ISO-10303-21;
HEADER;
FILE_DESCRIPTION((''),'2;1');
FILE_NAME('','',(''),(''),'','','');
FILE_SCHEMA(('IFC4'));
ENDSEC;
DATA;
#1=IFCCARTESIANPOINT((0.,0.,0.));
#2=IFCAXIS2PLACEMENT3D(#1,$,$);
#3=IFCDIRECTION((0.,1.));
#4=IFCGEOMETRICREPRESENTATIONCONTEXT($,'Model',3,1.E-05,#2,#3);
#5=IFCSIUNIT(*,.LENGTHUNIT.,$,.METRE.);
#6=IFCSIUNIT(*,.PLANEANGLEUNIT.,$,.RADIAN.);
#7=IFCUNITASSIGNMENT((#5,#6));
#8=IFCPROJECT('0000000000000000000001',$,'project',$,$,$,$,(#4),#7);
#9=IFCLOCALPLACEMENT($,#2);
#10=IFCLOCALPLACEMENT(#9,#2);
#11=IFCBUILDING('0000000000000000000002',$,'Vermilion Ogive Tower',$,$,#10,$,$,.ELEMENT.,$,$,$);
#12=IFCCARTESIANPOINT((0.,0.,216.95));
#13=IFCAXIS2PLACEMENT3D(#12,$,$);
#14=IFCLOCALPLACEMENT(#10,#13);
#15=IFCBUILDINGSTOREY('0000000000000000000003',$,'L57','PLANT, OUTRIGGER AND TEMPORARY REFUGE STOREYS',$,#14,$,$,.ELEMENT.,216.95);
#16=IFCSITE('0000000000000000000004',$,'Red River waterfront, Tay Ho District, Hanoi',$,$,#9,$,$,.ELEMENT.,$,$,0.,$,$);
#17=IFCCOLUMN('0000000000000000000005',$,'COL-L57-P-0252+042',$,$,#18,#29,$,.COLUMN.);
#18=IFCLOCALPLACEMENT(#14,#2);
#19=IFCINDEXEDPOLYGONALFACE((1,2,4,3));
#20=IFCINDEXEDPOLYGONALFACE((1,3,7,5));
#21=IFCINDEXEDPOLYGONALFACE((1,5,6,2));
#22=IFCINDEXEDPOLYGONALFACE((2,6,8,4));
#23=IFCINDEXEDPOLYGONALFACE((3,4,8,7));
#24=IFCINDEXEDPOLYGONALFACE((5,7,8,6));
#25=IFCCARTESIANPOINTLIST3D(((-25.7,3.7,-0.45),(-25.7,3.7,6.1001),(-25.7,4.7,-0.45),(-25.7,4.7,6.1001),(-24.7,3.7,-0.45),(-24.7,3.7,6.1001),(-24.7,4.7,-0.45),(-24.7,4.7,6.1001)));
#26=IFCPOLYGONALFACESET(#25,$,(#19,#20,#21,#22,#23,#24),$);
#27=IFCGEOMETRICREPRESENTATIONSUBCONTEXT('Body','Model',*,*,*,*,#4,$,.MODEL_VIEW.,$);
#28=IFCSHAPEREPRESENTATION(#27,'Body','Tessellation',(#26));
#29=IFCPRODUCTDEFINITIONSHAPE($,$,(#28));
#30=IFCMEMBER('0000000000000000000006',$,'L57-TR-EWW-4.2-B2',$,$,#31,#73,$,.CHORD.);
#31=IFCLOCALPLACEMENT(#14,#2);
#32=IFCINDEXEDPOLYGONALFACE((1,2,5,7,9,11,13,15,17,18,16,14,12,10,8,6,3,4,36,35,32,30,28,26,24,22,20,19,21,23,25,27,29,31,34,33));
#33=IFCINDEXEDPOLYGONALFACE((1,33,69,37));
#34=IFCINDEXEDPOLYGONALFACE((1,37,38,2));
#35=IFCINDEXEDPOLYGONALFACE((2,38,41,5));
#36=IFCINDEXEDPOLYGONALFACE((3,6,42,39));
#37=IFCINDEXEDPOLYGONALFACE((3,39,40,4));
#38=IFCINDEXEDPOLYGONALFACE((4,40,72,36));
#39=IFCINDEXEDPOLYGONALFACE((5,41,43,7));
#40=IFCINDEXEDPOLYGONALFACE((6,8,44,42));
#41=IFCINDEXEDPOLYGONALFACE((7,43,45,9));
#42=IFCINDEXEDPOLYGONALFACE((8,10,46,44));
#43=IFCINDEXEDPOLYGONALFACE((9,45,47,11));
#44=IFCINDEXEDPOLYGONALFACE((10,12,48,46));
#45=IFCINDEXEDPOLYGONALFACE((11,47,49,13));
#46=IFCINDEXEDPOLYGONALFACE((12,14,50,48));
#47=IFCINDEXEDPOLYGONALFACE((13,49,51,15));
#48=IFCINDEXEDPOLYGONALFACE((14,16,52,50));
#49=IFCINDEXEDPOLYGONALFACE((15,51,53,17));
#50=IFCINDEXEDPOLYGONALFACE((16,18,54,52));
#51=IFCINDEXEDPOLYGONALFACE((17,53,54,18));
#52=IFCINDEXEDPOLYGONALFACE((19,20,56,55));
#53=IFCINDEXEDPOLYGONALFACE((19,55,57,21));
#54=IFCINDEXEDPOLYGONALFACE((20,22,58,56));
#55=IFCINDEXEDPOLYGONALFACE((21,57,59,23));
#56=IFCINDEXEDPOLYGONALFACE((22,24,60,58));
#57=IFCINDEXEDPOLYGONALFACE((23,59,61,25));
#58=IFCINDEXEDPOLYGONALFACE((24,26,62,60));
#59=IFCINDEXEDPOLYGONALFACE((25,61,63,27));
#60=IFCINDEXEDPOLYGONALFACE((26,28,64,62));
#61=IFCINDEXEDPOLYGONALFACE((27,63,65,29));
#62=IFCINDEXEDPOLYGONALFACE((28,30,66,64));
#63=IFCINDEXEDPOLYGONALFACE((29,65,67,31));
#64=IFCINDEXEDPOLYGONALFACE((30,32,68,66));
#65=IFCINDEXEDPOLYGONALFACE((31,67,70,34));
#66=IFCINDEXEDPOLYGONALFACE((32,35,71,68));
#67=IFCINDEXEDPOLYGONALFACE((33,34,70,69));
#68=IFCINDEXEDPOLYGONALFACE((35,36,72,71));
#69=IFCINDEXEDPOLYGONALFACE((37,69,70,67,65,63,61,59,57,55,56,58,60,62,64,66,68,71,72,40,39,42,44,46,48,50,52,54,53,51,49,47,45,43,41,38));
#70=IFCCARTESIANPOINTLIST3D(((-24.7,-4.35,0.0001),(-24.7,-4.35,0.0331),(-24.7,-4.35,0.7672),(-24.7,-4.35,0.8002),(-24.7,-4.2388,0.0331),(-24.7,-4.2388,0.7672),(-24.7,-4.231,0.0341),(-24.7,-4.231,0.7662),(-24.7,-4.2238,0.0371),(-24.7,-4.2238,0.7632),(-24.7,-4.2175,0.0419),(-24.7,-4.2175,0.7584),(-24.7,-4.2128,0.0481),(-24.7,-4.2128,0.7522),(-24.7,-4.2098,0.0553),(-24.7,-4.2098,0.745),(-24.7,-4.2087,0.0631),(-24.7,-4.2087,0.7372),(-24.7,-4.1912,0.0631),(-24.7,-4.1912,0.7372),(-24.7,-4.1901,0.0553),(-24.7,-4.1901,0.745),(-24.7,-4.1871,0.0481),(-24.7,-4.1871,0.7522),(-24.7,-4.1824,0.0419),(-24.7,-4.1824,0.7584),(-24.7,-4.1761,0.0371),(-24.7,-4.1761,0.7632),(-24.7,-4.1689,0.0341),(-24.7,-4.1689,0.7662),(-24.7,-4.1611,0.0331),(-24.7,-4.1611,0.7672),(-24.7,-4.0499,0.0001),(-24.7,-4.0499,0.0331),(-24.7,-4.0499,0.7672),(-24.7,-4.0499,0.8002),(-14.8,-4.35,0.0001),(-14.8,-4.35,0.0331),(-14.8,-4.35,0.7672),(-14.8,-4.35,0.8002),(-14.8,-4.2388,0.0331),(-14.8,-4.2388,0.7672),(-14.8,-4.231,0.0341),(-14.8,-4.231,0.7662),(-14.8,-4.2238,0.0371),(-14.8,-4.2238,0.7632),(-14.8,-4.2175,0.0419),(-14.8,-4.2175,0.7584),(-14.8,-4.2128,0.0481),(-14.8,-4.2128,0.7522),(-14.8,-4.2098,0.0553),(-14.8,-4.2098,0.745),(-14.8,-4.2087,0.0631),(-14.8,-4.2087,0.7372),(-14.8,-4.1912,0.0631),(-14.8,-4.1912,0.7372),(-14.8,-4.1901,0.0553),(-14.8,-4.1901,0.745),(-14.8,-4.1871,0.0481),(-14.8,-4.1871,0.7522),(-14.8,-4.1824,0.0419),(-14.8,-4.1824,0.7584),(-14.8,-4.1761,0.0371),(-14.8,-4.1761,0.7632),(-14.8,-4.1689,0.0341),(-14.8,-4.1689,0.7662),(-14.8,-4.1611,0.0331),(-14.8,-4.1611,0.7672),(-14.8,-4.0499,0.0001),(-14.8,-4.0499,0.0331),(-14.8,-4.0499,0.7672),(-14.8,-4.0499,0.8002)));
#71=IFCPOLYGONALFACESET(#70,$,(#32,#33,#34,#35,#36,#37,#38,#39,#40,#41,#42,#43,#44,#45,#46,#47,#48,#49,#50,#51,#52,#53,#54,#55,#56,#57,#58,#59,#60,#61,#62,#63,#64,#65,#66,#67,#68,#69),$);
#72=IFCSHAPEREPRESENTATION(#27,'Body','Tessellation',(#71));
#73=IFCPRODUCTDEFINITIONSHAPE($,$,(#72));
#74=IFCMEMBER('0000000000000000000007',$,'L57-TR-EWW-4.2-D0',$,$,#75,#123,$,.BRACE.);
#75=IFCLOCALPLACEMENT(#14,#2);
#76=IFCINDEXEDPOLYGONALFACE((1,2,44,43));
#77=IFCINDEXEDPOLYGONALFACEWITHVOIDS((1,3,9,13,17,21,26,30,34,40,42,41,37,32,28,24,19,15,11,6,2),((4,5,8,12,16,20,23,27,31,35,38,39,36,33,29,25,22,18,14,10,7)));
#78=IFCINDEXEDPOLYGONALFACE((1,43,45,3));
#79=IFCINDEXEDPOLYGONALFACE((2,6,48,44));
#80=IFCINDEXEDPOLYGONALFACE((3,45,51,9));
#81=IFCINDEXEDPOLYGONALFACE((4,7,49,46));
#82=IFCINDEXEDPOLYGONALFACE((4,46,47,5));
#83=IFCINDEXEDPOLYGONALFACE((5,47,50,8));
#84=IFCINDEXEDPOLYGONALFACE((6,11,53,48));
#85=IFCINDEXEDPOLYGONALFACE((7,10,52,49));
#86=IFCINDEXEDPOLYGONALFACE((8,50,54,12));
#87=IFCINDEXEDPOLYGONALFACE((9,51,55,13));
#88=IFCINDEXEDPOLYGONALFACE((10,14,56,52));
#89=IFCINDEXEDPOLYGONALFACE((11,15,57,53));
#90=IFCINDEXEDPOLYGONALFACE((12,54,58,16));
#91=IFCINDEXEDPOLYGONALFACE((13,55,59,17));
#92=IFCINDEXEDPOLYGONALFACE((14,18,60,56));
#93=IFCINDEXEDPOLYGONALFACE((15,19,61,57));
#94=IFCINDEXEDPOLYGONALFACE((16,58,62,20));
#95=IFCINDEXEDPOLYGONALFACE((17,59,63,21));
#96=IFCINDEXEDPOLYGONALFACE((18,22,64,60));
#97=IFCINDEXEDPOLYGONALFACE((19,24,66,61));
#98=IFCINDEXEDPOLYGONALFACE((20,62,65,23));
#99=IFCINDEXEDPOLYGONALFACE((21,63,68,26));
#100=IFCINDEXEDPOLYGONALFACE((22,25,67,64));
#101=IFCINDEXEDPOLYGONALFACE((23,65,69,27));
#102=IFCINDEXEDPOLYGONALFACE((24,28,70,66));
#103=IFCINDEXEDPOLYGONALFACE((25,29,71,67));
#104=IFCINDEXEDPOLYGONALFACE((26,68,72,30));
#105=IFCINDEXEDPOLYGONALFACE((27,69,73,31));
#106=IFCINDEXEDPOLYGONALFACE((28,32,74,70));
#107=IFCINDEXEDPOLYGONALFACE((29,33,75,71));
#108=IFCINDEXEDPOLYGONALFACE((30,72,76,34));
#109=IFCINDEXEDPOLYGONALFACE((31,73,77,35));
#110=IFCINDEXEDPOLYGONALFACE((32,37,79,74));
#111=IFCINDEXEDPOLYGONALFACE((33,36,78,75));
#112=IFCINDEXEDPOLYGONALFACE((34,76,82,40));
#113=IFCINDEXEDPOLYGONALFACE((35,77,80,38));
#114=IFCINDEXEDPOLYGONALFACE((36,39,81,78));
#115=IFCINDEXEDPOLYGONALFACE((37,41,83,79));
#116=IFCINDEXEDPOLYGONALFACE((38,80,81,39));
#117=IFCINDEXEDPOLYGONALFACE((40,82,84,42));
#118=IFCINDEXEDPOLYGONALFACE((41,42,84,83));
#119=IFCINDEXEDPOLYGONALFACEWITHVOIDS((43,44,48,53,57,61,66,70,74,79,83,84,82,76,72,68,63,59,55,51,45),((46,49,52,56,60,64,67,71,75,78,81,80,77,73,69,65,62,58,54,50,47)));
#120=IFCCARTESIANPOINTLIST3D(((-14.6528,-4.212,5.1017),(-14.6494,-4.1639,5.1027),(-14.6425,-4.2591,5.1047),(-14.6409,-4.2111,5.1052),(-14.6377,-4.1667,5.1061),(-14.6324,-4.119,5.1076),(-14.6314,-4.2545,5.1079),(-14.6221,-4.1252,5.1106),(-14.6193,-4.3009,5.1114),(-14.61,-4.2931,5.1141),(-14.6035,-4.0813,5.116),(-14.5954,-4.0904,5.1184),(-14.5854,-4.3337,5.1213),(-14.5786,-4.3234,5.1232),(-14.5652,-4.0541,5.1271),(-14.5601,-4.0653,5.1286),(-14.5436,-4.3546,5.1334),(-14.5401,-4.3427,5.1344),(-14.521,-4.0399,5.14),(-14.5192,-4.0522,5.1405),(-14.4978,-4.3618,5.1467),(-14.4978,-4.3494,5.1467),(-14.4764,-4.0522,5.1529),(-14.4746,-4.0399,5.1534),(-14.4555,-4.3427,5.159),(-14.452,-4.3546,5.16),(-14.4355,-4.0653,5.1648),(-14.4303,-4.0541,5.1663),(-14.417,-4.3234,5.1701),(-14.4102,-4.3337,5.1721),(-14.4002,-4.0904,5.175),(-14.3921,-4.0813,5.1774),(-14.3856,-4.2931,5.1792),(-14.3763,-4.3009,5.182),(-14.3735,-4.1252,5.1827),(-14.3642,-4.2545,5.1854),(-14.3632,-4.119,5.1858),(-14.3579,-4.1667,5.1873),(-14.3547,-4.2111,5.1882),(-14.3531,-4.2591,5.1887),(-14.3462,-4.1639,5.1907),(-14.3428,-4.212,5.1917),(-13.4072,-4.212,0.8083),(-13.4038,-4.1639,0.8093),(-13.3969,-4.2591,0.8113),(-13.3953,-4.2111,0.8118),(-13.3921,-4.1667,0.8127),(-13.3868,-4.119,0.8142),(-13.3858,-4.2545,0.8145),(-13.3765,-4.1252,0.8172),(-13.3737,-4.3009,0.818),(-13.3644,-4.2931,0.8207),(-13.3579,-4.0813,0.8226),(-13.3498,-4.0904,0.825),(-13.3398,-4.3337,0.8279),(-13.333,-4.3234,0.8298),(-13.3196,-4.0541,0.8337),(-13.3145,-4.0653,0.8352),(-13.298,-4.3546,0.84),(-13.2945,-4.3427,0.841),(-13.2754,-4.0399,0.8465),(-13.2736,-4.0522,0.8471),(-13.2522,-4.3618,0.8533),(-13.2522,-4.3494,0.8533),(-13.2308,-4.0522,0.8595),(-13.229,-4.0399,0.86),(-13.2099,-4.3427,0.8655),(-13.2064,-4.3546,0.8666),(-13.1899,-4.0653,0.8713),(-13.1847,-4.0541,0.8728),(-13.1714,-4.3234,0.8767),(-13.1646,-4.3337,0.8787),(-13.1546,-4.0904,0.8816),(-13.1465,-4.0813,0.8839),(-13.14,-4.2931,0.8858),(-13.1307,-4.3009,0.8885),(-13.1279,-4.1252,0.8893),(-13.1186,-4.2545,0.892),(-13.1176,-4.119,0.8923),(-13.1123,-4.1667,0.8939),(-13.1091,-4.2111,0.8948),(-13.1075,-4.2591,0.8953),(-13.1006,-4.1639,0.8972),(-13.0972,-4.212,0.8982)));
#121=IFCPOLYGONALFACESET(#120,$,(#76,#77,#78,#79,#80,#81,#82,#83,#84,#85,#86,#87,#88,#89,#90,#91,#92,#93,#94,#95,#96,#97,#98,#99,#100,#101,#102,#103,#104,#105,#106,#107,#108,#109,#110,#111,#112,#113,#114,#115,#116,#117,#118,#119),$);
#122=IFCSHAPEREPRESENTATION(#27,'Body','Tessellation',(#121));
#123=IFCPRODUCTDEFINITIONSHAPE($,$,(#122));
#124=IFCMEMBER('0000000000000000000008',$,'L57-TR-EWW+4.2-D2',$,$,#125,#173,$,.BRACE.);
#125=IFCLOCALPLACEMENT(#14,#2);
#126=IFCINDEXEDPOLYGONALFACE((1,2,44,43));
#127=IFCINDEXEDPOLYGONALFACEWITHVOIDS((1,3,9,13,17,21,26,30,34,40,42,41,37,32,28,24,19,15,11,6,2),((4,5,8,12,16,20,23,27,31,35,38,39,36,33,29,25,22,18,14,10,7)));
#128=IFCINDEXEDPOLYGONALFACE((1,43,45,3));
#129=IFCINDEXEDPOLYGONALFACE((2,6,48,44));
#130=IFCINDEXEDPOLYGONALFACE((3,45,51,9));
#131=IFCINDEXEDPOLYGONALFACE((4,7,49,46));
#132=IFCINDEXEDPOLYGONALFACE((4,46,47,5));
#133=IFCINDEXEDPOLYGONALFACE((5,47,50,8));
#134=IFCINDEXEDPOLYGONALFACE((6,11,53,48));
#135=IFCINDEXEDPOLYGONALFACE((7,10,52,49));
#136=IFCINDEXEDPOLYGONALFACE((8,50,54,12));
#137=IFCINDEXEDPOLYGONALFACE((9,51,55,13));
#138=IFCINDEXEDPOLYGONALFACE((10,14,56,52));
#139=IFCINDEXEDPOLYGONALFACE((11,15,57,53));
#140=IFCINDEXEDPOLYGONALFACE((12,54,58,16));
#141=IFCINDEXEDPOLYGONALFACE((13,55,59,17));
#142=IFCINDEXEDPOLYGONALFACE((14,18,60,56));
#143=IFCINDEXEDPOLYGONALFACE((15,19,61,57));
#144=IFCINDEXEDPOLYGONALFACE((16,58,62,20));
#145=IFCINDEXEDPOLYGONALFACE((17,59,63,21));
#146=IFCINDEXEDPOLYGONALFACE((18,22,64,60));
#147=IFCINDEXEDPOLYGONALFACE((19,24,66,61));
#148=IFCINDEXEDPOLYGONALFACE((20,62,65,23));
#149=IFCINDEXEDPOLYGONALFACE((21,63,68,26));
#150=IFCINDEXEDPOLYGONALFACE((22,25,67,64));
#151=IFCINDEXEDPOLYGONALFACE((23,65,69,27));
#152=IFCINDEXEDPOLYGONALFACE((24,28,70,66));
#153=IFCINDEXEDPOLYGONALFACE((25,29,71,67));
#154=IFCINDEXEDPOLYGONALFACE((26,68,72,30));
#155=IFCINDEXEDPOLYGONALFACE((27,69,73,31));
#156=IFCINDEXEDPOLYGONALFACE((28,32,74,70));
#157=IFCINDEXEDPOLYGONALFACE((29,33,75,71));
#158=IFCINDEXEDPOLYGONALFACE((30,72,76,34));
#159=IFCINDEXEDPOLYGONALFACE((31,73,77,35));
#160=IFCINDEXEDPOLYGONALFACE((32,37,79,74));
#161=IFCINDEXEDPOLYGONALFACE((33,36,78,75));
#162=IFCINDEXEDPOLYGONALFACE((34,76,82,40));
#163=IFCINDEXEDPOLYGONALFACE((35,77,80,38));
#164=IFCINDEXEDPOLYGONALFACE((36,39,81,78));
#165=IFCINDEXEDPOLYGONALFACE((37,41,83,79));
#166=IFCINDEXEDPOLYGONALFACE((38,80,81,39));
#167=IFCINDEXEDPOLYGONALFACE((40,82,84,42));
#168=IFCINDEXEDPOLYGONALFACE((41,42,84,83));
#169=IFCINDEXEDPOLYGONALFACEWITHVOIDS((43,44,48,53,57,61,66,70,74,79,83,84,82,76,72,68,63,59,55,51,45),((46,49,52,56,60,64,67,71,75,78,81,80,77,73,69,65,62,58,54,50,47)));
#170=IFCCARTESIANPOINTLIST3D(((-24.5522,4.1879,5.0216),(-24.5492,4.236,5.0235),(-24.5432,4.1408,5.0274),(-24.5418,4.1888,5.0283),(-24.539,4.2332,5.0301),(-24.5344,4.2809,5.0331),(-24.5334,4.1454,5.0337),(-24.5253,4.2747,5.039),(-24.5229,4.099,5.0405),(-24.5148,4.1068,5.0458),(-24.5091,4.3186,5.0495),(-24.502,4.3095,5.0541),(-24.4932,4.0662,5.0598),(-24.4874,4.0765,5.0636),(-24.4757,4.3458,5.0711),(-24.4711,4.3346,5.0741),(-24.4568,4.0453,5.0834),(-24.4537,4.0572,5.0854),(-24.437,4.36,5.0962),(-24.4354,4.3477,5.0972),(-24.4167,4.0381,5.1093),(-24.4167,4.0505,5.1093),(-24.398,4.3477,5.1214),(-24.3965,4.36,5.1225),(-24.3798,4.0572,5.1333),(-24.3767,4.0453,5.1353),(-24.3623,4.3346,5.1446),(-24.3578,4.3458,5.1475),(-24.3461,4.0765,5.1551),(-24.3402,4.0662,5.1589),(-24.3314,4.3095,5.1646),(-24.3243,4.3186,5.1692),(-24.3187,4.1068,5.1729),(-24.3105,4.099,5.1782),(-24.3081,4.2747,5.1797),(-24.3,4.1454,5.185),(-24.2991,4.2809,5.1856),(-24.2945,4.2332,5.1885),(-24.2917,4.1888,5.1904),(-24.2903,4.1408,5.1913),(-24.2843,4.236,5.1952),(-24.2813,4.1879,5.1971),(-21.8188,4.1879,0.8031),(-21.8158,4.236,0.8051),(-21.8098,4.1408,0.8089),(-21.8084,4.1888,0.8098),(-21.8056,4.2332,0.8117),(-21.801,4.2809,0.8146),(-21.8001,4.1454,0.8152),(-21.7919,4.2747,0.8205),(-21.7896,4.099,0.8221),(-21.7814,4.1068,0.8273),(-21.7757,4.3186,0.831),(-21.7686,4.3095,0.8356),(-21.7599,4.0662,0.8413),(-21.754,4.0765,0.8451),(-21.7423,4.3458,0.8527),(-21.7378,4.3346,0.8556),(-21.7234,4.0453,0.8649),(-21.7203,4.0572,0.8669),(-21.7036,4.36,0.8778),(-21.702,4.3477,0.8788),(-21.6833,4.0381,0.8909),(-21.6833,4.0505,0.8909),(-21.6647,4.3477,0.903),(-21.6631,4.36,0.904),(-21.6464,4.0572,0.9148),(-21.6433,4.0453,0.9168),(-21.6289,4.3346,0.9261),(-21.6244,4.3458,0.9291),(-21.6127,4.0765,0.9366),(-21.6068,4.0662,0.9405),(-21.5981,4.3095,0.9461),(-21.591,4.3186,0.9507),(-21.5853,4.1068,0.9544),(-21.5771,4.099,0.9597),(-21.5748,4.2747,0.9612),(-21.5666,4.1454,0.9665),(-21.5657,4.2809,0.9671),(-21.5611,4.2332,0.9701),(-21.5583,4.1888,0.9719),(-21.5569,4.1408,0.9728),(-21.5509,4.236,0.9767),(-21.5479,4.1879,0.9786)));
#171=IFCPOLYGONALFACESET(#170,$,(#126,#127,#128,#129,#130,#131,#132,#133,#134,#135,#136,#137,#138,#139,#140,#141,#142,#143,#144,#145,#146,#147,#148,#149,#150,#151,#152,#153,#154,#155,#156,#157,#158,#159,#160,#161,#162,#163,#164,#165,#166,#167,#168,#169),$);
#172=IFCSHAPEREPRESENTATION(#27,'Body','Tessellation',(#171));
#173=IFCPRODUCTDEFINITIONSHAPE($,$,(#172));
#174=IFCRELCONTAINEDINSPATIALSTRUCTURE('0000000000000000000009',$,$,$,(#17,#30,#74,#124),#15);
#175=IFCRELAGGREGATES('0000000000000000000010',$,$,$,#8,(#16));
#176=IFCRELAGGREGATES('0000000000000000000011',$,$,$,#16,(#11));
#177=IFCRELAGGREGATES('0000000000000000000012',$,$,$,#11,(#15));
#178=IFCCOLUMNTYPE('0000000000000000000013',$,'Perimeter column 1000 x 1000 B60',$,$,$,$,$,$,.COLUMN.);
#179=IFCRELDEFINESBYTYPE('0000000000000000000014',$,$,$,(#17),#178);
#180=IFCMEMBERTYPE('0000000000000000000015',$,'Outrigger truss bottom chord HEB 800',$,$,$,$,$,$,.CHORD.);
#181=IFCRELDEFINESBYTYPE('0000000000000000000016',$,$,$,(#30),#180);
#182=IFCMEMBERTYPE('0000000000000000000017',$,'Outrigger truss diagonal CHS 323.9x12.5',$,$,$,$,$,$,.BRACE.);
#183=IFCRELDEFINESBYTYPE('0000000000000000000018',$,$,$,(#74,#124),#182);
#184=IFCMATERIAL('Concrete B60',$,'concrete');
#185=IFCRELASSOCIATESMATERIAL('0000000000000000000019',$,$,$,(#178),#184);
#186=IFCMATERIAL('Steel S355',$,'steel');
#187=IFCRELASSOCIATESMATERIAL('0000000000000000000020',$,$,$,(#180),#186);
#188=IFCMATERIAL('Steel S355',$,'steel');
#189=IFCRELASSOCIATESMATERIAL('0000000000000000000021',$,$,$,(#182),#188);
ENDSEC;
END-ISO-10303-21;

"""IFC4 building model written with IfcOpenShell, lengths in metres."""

from ifc_helpers import new_model, si_unit, direction, frame, origin, origin_2d, place, context, subcontext, project, spatial, rectangle, hollow_circle, i_section, extrude, material, material_profile, profile_set, type_object, element, save


model = new_model("IFC4")

# Units and contexts
model_context = context("Model", 3, precision=1e-05, world=origin(), true_north=direction((0.0, 1.0)))
body_context = subcontext(model_context, "Body", "Model", "MODEL_VIEW")
ifc_project = project(units=[si_unit("LENGTHUNIT", "METRE"), si_unit("PLANEANGLEUNIT", "RADIAN")], contexts=[model_context])

# Site, building, storey
site_placement = place(None, origin())
site = spatial("IfcSite", under=ifc_project, at=site_placement, Name="Red River waterfront, Tay Ho District, Hanoi", CompositionType="ELEMENT", RefElevation=0.0)
building_placement = place(site_placement, origin())
building = spatial("IfcBuilding", under=site, at=building_placement, Name="Vermilion Ogive Tower", CompositionType="ELEMENT")
storey_placement = place(building_placement, frame((0.0, 0.0, 216.95)))
storey = spatial("IfcBuildingStorey", under=building, at=storey_placement, Name="L57", Description="PLANT, OUTRIGGER AND TEMPORARY REFUGE STOREYS", CompositionType="ELEMENT", Elevation=216.95)

# Column
ifc_material_1 = material(Name="Concrete B60", Category="concrete")
ifc_material_profile_1 = material_profile(ifc_material_1, rectangle(XDim=1.0, YDim=1.0, at=origin_2d()), Name="1000 x 1000")
ifc_profile_set_1 = profile_set([ifc_material_profile_1], Name="Concrete B60")
column_type = type_object("IfcColumnType", Name="Perimeter column 1000 x 1000 B60", PredefinedType="COLUMN", material=ifc_profile_set_1)
column_placement = place(storey_placement, frame((-25.2, 4.2, -0.45), z_axis=(0.0, 0.0, 1.0), x_axis=(1.0, 0.0, 0.0)))
element("IfcColumn", 1, at=column_placement, inside=storey, type_object=column_type, Name="COL-L57-P-0252+042", PredefinedType="COLUMN", context=body_context, shape_type="SweptSolid", body=[
    extrude(rectangle(XDim=1.0, YDim=1.0, at=origin_2d()), origin(), (0.0, 0.0, 1.0), 6.55),
])

# Members
ifc_material_2 = material(Name="Steel S355", Category="steel")
ifc_material_profile_2 = material_profile(ifc_material_2, i_section(OverallWidth=0.3, OverallDepth=0.8, WebThickness=0.0176, FlangeThickness=0.033, FilletRadius=0.03, at=origin_2d()), Name="HEB 800")
ifc_profile_set_2 = profile_set([ifc_material_profile_2], Name="Steel S355")
member_type_1 = type_object("IfcMemberType", Name="Outrigger truss bottom chord HEB 800", PredefinedType="CHORD", material=ifc_profile_set_2)
member_1_placement = place(storey_placement, frame((-14.8, -4.2, 0.4001), z_axis=(-1.0, 0.0, 0.0), x_axis=(0.0, -1.0, 0.0)))
element("IfcMember", 2, at=member_1_placement, inside=storey, type_object=member_type_1, Name="L57-TR-EWW-4.2-B2", PredefinedType="CHORD", context=body_context, shape_type="SweptSolid", body=[
    extrude(i_section(OverallWidth=0.3, OverallDepth=0.8, WebThickness=0.0176, FlangeThickness=0.033, FilletRadius=0.03, at=origin_2d()), origin(), (0.0, 0.0, 1.0), 9.8999),
])
ifc_material_3 = material(Name="Steel S355", Category="steel")
ifc_material_profile_3 = material_profile(ifc_material_3, hollow_circle(Radius=0.1619, WallThickness=0.0125, at=origin_2d()), Name="CHS 323.9x12.5")
ifc_profile_set_3 = profile_set([ifc_material_profile_3], Name="Steel S355")
member_type_2 = type_object("IfcMemberType", Name="Outrigger truss diagonal CHS 323.9x12.5", PredefinedType="BRACE", material=ifc_profile_set_3)
member_2_placement = place(storey_placement, frame((-13.2522, -4.2, 0.8533), z_axis=(-0.278628, 0.0, 0.960399), x_axis=(0.0, -1.0, 0.0)))
element("IfcMember", 3, at=member_2_placement, inside=storey, type_object=member_type_2, Name="L57-TR-EWW-4.2-D0", PredefinedType="BRACE", context=body_context, shape_type="SweptSolid", body=[
    extrude(hollow_circle(Radius=0.1619, WallThickness=0.0125, at=origin_2d()), origin(), (0.0, 0.0, 1.0), 4.4705),
])
member_3_placement = place(storey_placement, frame((-21.6833, 4.2, 0.8909), z_axis=(-0.543781, 0.0, 0.839227), x_axis=(0.0, -1.0, 0.0)))
element("IfcMember", 4, at=member_3_placement, inside=storey, type_object=member_type_2, Name="L57-TR-EWW+4.2-D2", PredefinedType="BRACE", context=body_context, shape_type="SweptSolid", body=[
    extrude(hollow_circle(Radius=0.1619, WallThickness=0.0125, at=origin_2d()), origin(), (0.0, 0.0, 1.0), 5.0266),
])

save(model, "model.ifc")
